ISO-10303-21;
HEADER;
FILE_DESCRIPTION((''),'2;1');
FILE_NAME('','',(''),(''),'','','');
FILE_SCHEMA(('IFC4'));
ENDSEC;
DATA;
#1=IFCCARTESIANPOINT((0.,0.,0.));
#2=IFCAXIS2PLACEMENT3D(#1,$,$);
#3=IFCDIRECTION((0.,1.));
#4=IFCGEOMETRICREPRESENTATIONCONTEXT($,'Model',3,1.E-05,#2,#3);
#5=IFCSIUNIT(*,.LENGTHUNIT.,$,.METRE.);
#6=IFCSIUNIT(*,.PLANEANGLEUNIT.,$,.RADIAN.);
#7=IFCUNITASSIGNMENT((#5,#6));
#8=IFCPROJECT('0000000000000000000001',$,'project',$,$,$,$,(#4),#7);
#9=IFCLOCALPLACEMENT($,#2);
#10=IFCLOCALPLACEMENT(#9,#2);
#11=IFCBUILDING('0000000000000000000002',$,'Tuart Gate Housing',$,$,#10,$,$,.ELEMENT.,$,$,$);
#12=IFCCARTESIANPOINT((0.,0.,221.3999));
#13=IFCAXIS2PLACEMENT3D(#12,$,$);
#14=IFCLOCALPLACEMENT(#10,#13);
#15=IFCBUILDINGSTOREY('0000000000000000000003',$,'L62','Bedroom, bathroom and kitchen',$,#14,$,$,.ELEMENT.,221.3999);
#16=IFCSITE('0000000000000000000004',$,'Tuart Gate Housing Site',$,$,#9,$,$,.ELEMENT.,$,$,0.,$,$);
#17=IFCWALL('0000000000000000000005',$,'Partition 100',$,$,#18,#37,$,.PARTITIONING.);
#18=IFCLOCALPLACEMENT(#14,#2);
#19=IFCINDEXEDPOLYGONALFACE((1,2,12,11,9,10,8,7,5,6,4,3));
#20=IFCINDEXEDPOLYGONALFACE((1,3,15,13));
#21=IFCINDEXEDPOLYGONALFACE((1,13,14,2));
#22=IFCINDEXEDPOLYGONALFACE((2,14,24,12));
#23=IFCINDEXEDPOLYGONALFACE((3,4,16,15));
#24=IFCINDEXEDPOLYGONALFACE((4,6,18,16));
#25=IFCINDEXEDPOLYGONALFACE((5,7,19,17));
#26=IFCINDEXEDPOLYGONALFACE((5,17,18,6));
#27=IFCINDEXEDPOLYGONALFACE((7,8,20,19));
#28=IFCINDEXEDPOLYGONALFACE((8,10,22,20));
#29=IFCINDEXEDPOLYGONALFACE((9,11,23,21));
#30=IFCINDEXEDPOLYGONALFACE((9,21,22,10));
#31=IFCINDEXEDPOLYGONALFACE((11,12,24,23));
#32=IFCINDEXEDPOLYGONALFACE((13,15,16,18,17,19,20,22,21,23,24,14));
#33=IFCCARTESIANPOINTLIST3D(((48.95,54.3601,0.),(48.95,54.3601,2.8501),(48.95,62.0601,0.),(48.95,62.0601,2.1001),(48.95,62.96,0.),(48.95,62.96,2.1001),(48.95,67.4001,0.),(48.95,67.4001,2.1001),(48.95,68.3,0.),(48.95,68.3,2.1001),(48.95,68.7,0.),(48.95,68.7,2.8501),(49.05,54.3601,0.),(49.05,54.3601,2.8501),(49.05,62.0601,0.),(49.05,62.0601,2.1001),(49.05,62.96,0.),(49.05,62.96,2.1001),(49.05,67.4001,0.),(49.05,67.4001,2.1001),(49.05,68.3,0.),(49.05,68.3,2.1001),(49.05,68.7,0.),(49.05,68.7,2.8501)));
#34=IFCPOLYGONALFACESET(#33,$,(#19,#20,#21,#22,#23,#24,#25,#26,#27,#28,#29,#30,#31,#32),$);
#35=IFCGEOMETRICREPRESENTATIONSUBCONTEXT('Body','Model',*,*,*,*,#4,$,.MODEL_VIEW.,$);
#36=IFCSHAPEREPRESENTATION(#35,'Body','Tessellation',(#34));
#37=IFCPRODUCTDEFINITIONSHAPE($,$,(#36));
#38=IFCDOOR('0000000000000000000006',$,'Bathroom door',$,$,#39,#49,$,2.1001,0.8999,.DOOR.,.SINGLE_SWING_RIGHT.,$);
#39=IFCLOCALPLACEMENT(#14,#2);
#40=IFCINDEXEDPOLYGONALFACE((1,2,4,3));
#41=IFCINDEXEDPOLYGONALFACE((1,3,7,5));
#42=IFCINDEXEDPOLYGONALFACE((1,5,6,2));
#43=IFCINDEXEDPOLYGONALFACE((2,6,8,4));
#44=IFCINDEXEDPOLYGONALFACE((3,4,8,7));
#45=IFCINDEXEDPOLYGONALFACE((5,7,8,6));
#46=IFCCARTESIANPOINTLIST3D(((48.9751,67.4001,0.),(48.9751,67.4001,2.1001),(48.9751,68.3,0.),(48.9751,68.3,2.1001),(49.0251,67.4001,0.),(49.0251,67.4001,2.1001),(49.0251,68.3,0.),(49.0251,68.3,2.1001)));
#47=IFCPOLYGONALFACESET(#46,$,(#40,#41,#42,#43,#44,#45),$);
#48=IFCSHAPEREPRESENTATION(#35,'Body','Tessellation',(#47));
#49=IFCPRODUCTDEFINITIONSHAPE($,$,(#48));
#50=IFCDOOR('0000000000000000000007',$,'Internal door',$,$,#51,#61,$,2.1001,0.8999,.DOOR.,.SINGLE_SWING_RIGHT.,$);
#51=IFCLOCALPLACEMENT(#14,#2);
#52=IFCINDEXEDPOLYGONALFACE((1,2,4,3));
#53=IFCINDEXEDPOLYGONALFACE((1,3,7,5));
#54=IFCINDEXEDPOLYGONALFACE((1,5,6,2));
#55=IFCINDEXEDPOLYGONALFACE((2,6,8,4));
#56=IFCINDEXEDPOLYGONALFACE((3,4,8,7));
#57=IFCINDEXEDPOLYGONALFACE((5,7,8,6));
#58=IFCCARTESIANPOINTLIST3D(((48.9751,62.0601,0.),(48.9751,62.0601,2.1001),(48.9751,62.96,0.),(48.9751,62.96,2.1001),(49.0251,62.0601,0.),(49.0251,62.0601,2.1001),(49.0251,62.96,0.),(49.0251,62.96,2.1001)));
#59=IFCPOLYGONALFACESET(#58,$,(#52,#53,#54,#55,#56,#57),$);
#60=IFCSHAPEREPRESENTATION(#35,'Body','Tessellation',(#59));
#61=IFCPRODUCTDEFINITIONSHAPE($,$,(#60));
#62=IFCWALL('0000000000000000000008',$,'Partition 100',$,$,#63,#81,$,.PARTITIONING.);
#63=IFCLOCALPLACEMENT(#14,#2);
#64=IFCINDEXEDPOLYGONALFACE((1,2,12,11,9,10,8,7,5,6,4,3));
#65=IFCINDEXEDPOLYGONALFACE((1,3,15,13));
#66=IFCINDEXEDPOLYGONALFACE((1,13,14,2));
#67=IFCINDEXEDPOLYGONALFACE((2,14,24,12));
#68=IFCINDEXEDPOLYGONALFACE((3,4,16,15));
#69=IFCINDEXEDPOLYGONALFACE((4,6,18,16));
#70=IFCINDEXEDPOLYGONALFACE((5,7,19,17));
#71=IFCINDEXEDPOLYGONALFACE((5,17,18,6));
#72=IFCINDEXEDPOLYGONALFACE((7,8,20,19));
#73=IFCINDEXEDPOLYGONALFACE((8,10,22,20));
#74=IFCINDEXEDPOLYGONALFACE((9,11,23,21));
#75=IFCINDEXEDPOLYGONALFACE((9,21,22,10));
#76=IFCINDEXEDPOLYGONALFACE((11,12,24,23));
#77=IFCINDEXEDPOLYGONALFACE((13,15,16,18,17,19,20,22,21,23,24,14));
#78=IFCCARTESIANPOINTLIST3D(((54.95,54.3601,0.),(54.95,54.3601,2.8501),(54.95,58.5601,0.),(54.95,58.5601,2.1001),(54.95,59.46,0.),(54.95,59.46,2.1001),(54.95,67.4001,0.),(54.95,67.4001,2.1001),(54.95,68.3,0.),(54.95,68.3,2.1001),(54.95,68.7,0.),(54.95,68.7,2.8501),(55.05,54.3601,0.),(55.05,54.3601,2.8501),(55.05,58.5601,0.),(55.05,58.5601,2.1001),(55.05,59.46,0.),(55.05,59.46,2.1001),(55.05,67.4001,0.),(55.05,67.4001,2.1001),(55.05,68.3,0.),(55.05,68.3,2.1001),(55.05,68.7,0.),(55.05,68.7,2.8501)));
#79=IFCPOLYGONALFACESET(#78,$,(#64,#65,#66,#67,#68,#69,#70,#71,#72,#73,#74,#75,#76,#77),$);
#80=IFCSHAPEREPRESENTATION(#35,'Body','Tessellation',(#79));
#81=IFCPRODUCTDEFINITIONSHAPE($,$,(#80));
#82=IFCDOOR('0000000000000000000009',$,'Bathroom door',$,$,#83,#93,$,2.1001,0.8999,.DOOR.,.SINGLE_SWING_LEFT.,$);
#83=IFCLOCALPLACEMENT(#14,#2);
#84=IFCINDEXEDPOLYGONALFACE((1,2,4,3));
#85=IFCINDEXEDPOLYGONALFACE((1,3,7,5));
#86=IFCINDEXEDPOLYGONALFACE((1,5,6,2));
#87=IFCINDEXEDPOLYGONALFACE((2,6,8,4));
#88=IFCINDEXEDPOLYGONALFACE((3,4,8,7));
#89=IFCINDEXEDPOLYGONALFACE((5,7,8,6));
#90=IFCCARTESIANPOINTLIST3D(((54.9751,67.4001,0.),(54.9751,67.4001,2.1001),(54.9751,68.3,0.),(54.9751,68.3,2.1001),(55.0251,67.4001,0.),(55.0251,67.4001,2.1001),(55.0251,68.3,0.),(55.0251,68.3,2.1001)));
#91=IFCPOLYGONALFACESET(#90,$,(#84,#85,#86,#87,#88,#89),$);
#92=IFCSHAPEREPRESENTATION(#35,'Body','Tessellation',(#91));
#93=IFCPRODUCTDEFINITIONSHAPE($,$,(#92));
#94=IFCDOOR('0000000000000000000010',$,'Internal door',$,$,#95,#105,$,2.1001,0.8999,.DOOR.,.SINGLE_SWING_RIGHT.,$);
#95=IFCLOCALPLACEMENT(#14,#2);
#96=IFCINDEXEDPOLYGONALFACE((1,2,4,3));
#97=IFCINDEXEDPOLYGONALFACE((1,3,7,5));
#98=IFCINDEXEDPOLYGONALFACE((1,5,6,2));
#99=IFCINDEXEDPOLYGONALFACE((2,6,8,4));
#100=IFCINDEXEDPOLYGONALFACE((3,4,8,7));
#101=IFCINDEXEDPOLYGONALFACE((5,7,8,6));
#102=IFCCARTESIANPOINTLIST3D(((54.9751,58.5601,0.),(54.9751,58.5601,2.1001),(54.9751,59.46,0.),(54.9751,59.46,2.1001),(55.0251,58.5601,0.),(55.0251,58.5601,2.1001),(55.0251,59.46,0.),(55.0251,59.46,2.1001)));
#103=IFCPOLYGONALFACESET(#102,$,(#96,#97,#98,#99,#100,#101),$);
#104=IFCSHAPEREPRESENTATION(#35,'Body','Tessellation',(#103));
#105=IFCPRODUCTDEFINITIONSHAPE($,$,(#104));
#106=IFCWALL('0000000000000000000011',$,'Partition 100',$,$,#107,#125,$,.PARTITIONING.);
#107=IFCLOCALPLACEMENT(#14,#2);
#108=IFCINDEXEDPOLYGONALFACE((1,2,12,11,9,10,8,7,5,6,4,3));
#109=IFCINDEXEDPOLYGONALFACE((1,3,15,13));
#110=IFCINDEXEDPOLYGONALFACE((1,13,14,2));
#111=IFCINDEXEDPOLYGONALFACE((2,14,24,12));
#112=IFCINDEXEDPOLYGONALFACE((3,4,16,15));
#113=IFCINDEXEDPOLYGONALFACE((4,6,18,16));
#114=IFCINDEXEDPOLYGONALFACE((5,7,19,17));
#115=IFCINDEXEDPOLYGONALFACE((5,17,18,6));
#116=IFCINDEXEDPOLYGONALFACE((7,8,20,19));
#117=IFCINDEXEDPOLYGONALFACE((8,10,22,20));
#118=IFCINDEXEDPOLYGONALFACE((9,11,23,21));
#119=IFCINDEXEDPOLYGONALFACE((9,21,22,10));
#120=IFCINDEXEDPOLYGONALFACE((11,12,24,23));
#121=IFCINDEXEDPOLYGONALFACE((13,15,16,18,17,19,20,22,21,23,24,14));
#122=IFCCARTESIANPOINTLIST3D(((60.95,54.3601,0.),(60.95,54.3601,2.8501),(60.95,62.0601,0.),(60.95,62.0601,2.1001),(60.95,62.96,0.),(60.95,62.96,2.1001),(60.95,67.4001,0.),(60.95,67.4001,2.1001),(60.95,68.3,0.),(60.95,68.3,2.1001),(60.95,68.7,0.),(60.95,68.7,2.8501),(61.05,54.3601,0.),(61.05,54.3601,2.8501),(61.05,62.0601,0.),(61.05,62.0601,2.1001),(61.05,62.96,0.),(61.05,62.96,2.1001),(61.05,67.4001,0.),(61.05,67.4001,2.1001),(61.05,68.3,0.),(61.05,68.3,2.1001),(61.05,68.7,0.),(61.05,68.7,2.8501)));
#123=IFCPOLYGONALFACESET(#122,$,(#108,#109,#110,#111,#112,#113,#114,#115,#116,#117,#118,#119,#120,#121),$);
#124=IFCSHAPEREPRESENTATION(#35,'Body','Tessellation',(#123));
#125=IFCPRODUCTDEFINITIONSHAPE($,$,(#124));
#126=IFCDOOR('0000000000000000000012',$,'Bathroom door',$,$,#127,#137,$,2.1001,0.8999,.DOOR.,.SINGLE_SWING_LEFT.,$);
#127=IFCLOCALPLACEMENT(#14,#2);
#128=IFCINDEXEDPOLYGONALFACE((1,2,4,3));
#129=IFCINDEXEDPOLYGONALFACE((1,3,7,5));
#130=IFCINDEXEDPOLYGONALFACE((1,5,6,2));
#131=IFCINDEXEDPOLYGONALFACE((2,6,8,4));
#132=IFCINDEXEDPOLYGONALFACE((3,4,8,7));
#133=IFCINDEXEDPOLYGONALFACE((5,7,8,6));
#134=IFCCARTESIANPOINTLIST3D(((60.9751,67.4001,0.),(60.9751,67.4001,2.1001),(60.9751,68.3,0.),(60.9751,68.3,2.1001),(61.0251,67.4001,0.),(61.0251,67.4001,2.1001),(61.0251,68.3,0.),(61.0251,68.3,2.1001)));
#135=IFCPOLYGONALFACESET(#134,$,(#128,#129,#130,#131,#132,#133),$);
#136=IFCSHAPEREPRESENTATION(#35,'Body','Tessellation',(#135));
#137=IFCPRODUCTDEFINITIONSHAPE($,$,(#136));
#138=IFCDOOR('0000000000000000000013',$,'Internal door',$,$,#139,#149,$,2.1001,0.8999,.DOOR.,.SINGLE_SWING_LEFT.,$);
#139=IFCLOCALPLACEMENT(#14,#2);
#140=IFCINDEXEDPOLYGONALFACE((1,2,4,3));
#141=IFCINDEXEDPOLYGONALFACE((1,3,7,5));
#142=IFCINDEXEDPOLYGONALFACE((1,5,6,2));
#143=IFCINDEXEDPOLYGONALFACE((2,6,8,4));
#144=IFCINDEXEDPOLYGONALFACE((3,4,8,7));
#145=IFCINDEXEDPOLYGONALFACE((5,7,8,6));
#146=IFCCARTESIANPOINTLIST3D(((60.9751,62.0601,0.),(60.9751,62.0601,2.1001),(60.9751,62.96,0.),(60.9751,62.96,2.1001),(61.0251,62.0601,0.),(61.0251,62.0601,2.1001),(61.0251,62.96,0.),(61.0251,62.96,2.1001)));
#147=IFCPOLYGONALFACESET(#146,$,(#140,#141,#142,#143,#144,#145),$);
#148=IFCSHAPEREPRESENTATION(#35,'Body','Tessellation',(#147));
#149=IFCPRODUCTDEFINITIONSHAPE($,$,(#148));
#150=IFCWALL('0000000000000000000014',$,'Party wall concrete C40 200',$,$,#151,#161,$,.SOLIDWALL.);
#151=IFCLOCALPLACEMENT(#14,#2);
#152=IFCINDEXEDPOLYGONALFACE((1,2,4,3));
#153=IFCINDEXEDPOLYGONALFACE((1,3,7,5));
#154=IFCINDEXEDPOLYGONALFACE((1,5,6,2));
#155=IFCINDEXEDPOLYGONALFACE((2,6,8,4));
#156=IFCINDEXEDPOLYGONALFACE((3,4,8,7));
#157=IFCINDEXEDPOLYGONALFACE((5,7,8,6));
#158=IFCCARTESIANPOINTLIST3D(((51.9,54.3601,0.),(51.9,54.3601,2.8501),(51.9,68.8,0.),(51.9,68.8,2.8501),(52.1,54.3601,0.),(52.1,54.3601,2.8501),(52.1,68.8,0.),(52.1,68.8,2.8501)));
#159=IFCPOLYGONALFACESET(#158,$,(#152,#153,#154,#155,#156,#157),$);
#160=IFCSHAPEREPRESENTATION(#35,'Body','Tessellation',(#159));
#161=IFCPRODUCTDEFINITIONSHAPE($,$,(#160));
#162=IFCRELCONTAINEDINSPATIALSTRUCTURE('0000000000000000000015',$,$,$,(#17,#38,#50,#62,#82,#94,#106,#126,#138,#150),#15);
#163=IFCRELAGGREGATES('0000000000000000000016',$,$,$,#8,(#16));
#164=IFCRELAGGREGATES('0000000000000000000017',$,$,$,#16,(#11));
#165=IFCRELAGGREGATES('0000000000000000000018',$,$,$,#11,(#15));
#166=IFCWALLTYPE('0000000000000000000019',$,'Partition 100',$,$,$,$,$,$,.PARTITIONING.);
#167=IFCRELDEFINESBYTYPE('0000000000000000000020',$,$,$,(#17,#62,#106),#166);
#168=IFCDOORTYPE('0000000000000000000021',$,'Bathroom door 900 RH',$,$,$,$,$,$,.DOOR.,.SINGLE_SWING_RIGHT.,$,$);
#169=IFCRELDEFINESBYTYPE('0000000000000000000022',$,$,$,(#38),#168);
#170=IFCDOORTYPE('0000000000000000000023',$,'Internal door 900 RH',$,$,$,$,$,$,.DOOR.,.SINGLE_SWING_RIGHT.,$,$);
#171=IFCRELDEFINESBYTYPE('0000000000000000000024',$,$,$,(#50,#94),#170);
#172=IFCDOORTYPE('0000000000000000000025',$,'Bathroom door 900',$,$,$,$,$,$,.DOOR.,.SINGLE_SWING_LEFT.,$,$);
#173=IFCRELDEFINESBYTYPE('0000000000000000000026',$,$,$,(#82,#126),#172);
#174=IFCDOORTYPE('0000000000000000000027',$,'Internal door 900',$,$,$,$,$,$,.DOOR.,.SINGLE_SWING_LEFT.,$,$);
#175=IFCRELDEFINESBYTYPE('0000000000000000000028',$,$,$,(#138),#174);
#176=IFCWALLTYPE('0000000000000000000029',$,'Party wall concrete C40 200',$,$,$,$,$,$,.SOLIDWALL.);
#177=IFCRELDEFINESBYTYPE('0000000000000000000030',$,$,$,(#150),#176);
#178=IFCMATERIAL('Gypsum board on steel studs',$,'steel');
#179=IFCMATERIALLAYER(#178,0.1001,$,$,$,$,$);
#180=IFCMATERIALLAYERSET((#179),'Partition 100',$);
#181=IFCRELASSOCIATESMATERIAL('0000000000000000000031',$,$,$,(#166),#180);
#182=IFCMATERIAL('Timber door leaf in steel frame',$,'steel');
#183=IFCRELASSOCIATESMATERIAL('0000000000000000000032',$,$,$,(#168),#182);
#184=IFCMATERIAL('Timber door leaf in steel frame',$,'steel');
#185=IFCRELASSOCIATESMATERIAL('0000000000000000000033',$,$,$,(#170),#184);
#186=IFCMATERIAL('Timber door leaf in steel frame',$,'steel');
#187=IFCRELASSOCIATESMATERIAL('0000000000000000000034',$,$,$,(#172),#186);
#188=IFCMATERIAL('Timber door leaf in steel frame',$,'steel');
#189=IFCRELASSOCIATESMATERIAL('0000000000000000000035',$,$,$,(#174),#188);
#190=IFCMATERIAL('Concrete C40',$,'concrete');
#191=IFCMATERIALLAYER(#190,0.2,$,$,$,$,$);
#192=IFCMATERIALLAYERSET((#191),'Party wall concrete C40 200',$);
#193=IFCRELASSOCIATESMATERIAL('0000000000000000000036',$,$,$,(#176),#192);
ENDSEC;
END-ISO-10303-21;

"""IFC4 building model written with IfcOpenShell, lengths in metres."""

from ifc_helpers import new_model, si_unit, direction, frame, frame_2d, origin, place, context, subcontext, project, spatial, rectangle, extrude, material, layer, layer_set, type_object, element, fill, save


model = new_model("IFC4")

# Units and contexts
model_context = context("Model", 3, precision=1e-05, world=origin(), true_north=direction((0.0, 1.0)))
body_context = subcontext(model_context, "Body", "Model", "MODEL_VIEW")
ifc_project = project(units=[si_unit("LENGTHUNIT", "METRE"), si_unit("PLANEANGLEUNIT", "RADIAN")], contexts=[model_context])

# Site, building, storey
site_placement = place(None, origin())
site = spatial("IfcSite", under=ifc_project, at=site_placement, Name="Tuart Gate Housing Site", CompositionType="ELEMENT", RefElevation=0.0)
building_placement = place(site_placement, origin())
building = spatial("IfcBuilding", under=site, at=building_placement, Name="Tuart Gate Housing", CompositionType="ELEMENT")
storey_placement = place(building_placement, frame((0.0, 0.0, 221.3999)))
storey = spatial("IfcBuildingStorey", under=building, at=storey_placement, Name="L62", Description="Bedroom, bathroom and kitchen", CompositionType="ELEMENT", Elevation=221.3999)

# Walls, openings, doors
ifc_material_1 = material(Name="Gypsum board on steel studs", Category="steel")
ifc_layer_1 = layer(ifc_material_1, 0.1001)
ifc_layer_set_1 = layer_set([ifc_layer_1], Name="Partition 100")
wall_type_1 = type_object("IfcWallType", Name="Partition 100", PredefinedType="PARTITIONING", material=ifc_layer_set_1)
wall_1_placement = place(storey_placement, frame((49.0, 54.3601, 0.0), z_axis=(0.0, 0.0, 1.0), x_axis=(0.0, 1.0, 0.0)))
wall_1 = element("IfcWall", 1, at=wall_1_placement, inside=storey, type_object=wall_type_1, Name="Partition 100", PredefinedType="PARTITIONING", context=body_context, shape_type="SweptSolid", body=[
    extrude(rectangle(XDim=14.3398, YDim=0.1001, at=frame_2d((7.1699, 0.0))), origin(), (0.0, 0.0, 1.0), 2.8501),
])
opening_1_placement = place(wall_1_placement, frame((7.7, 0.0, 0.0)))
opening_1 = element("IfcOpeningElement", 2, at=opening_1_placement, cuts=wall_1, PredefinedType="OPENING", context=body_context, shape_type="SweptSolid", body=[
    extrude(rectangle(XDim=0.8999, YDim=2.1001, at=frame_2d((0.45, 1.05))), frame((0.0, 0.0601, 0.0), z_axis=(0.0, -1.0, 0.0), x_axis=(1.0, 0.0, 0.0)), (0.0, 0.0, 1.0), 0.1201),
])
opening_2_placement = place(wall_1_placement, frame((13.04, 0.0, 0.0)))
opening_2 = element("IfcOpeningElement", 3, at=opening_2_placement, cuts=wall_1, PredefinedType="OPENING", context=body_context, shape_type="SweptSolid", body=[
    extrude(rectangle(XDim=0.8999, YDim=2.1001, at=frame_2d((0.45, 1.05))), frame((0.0, 0.0601, 0.0), z_axis=(0.0, -1.0, 0.0), x_axis=(1.0, 0.0, 0.0)), (0.0, 0.0, 1.0), 0.1201),
])
ifc_material_2 = material(Name="Timber door leaf in steel frame", Category="steel")
door_type_1 = type_object("IfcDoorType", Name="Bathroom door 900 RH", OperationType="SINGLE_SWING_RIGHT", PredefinedType="DOOR", material=ifc_material_2)
door_1_placement = place(opening_2_placement, origin())
door_1 = element("IfcDoor", 4, at=door_1_placement, inside=storey, type_object=door_type_1, Name="Bathroom door", OperationType="SINGLE_SWING_RIGHT", OverallHeight=2.1001, OverallWidth=0.8999, PredefinedType="DOOR", context=body_context, shape_type="SweptSolid", body=[
    extrude(rectangle(XDim=0.8999, YDim=2.1001, at=frame_2d((0.45, 1.05))), frame((0.0, 0.0249, 0.0), z_axis=(0.0, -1.0, 0.0), x_axis=(1.0, 0.0, 0.0)), (0.0, 0.0, 1.0), 0.05),
])
fill(opening_2, door_1)
ifc_material_3 = material(Name="Timber door leaf in steel frame", Category="steel")
door_type_2 = type_object("IfcDoorType", Name="Internal door 900 RH", OperationType="SINGLE_SWING_RIGHT", PredefinedType="DOOR", material=ifc_material_3)
door_2_placement = place(opening_1_placement, origin())
door_2 = element("IfcDoor", 5, at=door_2_placement, inside=storey, type_object=door_type_2, Name="Internal door", OperationType="SINGLE_SWING_RIGHT", OverallHeight=2.1001, OverallWidth=0.8999, PredefinedType="DOOR", context=body_context, shape_type="SweptSolid", body=[
    extrude(rectangle(XDim=0.8999, YDim=2.1001, at=frame_2d((0.45, 1.05))), frame((0.0, 0.0249, 0.0), z_axis=(0.0, -1.0, 0.0), x_axis=(1.0, 0.0, 0.0)), (0.0, 0.0, 1.0), 0.05),
])
fill(opening_1, door_2)
wall_2_placement = place(storey_placement, frame((55.0, 54.3601, 0.0), z_axis=(0.0, 0.0, 1.0), x_axis=(0.0, 1.0, 0.0)))
wall_2 = element("IfcWall", 6, at=wall_2_placement, inside=storey, type_object=wall_type_1, Name="Partition 100", PredefinedType="PARTITIONING", context=body_context, shape_type="SweptSolid", body=[
    extrude(rectangle(XDim=14.3398, YDim=0.1001, at=frame_2d((7.1699, 0.0))), origin(), (0.0, 0.0, 1.0), 2.8501),
])
opening_3_placement = place(wall_2_placement, frame((4.2, 0.0, 0.0)))
opening_3 = element("IfcOpeningElement", 7, at=opening_3_placement, cuts=wall_2, PredefinedType="OPENING", context=body_context, shape_type="SweptSolid", body=[
    extrude(rectangle(XDim=0.8999, YDim=2.1001, at=frame_2d((0.45, 1.05))), frame((0.0, 0.0601, 0.0), z_axis=(0.0, -1.0, 0.0), x_axis=(1.0, 0.0, 0.0)), (0.0, 0.0, 1.0), 0.1201),
])
opening_4_placement = place(wall_2_placement, frame((13.04, 0.0, 0.0)))
opening_4 = element("IfcOpeningElement", 8, at=opening_4_placement, cuts=wall_2, PredefinedType="OPENING", context=body_context, shape_type="SweptSolid", body=[
    extrude(rectangle(XDim=0.8999, YDim=2.1001, at=frame_2d((0.45, 1.05))), frame((0.0, 0.0601, 0.0), z_axis=(0.0, -1.0, 0.0), x_axis=(1.0, 0.0, 0.0)), (0.0, 0.0, 1.0), 0.1201),
])
ifc_material_4 = material(Name="Timber door leaf in steel frame", Category="steel")
door_type_3 = type_object("IfcDoorType", Name="Bathroom door 900", OperationType="SINGLE_SWING_LEFT", PredefinedType="DOOR", material=ifc_material_4)
door_3_placement = place(opening_4_placement, frame((0.8999, 0.0, 0.0), z_axis=(0.0, 0.0, 1.0), x_axis=(-1.0, 0.0, 0.0)))
door_3 = element("IfcDoor", 9, at=door_3_placement, inside=storey, type_object=door_type_3, Name="Bathroom door", OperationType="SINGLE_SWING_LEFT", OverallHeight=2.1001, OverallWidth=0.8999, PredefinedType="DOOR", context=body_context, shape_type="SweptSolid", body=[
    extrude(rectangle(XDim=0.8999, YDim=2.1001, at=frame_2d((0.45, 1.05))), frame((0.0, 0.0251, 0.0), z_axis=(0.0, -1.0, 0.0), x_axis=(1.0, 0.0, 0.0)), (0.0, 0.0, 1.0), 0.05),
])
fill(opening_4, door_3)
door_4_placement = place(opening_3_placement, frame((0.8999, 0.0, 0.0), z_axis=(0.0, 0.0, 1.0), x_axis=(-1.0, 0.0, 0.0)))
door_4 = element("IfcDoor", 10, at=door_4_placement, inside=storey, type_object=door_type_2, Name="Internal door", OperationType="SINGLE_SWING_RIGHT", OverallHeight=2.1001, OverallWidth=0.8999, PredefinedType="DOOR", context=body_context, shape_type="SweptSolid", body=[
    extrude(rectangle(XDim=0.8999, YDim=2.1001, at=frame_2d((0.45, 1.05))), frame((0.0, 0.0251, 0.0), z_axis=(0.0, -1.0, 0.0), x_axis=(1.0, 0.0, 0.0)), (0.0, 0.0, 1.0), 0.05),
])
fill(opening_3, door_4)
wall_3_placement = place(storey_placement, frame((61.0, 54.3601, 0.0), z_axis=(0.0, 0.0, 1.0), x_axis=(0.0, 1.0, 0.0)))
wall_3 = element("IfcWall", 11, at=wall_3_placement, inside=storey, type_object=wall_type_1, Name="Partition 100", PredefinedType="PARTITIONING", context=body_context, shape_type="SweptSolid", body=[
    extrude(rectangle(XDim=14.3398, YDim=0.1001, at=frame_2d((7.1699, 0.0))), origin(), (0.0, 0.0, 1.0), 2.8501),
])
opening_5_placement = place(wall_3_placement, frame((7.7, 0.0, 0.0)))
opening_5 = element("IfcOpeningElement", 12, at=opening_5_placement, cuts=wall_3, PredefinedType="OPENING", context=body_context, shape_type="SweptSolid", body=[
    extrude(rectangle(XDim=0.8999, YDim=2.1001, at=frame_2d((0.45, 1.05))), frame((0.0, 0.0601, 0.0), z_axis=(0.0, -1.0, 0.0), x_axis=(1.0, 0.0, 0.0)), (0.0, 0.0, 1.0), 0.1201),
])
opening_6_placement = place(wall_3_placement, frame((13.04, 0.0, 0.0)))
opening_6 = element("IfcOpeningElement", 13, at=opening_6_placement, cuts=wall_3, PredefinedType="OPENING", context=body_context, shape_type="SweptSolid", body=[
    extrude(rectangle(XDim=0.8999, YDim=2.1001, at=frame_2d((0.45, 1.05))), frame((0.0, 0.0601, 0.0), z_axis=(0.0, -1.0, 0.0), x_axis=(1.0, 0.0, 0.0)), (0.0, 0.0, 1.0), 0.1201),
])
door_5_placement = place(opening_6_placement, frame((0.8999, 0.0, 0.0), z_axis=(0.0, 0.0, 1.0), x_axis=(-1.0, 0.0, 0.0)))
door_5 = element("IfcDoor", 14, at=door_5_placement, inside=storey, type_object=door_type_3, Name="Bathroom door", OperationType="SINGLE_SWING_LEFT", OverallHeight=2.1001, OverallWidth=0.8999, PredefinedType="DOOR", context=body_context, shape_type="SweptSolid", body=[
    extrude(rectangle(XDim=0.8999, YDim=2.1001, at=frame_2d((0.45, 1.05))), frame((0.0, 0.0251, 0.0), z_axis=(0.0, -1.0, 0.0), x_axis=(1.0, 0.0, 0.0)), (0.0, 0.0, 1.0), 0.05),
])
fill(opening_6, door_5)
ifc_material_5 = material(Name="Timber door leaf in steel frame", Category="steel")
door_type_4 = type_object("IfcDoorType", Name="Internal door 900", OperationType="SINGLE_SWING_LEFT", PredefinedType="DOOR", material=ifc_material_5)
door_6_placement = place(opening_5_placement, frame((0.8999, 0.0, 0.0), z_axis=(0.0, 0.0, 1.0), x_axis=(-1.0, 0.0, 0.0)))
door_6 = element("IfcDoor", 15, at=door_6_placement, inside=storey, type_object=door_type_4, Name="Internal door", OperationType="SINGLE_SWING_LEFT", OverallHeight=2.1001, OverallWidth=0.8999, PredefinedType="DOOR", context=body_context, shape_type="SweptSolid", body=[
    extrude(rectangle(XDim=0.8999, YDim=2.1001, at=frame_2d((0.45, 1.05))), frame((0.0, 0.0251, 0.0), z_axis=(0.0, -1.0, 0.0), x_axis=(1.0, 0.0, 0.0)), (0.0, 0.0, 1.0), 0.05),
])
fill(opening_5, door_6)

# Wall
ifc_material_6 = material(Name="Concrete C40", Category="concrete")
ifc_layer_2 = layer(ifc_material_6, 0.2)
ifc_layer_set_2 = layer_set([ifc_layer_2], Name="Party wall concrete C40 200")
wall_type_2 = type_object("IfcWallType", Name="Party wall concrete C40 200", PredefinedType="SOLIDWALL", material=ifc_layer_set_2)
for number, where, z_axis, x_axis, name in (
    (16, (52.0, 54.3601, 0.0), (0.0, 0.0, 1.0), (0.0, 1.0, 0.0), "Party wall concrete C40 200"),
):
    element("IfcWall", number, at=place(storey_placement, frame(where, z_axis=z_axis, x_axis=x_axis)), inside=storey, type_object=wall_type_2, Name=name, PredefinedType="SOLIDWALL", context=body_context, shape_type="SweptSolid", body=[
        extrude(rectangle(XDim=14.4399, YDim=0.2, at=frame_2d((7.22, 0.0))), origin(), (0.0, 0.0, 1.0), 2.8501),
    ])

save(model, "model.ifc")
